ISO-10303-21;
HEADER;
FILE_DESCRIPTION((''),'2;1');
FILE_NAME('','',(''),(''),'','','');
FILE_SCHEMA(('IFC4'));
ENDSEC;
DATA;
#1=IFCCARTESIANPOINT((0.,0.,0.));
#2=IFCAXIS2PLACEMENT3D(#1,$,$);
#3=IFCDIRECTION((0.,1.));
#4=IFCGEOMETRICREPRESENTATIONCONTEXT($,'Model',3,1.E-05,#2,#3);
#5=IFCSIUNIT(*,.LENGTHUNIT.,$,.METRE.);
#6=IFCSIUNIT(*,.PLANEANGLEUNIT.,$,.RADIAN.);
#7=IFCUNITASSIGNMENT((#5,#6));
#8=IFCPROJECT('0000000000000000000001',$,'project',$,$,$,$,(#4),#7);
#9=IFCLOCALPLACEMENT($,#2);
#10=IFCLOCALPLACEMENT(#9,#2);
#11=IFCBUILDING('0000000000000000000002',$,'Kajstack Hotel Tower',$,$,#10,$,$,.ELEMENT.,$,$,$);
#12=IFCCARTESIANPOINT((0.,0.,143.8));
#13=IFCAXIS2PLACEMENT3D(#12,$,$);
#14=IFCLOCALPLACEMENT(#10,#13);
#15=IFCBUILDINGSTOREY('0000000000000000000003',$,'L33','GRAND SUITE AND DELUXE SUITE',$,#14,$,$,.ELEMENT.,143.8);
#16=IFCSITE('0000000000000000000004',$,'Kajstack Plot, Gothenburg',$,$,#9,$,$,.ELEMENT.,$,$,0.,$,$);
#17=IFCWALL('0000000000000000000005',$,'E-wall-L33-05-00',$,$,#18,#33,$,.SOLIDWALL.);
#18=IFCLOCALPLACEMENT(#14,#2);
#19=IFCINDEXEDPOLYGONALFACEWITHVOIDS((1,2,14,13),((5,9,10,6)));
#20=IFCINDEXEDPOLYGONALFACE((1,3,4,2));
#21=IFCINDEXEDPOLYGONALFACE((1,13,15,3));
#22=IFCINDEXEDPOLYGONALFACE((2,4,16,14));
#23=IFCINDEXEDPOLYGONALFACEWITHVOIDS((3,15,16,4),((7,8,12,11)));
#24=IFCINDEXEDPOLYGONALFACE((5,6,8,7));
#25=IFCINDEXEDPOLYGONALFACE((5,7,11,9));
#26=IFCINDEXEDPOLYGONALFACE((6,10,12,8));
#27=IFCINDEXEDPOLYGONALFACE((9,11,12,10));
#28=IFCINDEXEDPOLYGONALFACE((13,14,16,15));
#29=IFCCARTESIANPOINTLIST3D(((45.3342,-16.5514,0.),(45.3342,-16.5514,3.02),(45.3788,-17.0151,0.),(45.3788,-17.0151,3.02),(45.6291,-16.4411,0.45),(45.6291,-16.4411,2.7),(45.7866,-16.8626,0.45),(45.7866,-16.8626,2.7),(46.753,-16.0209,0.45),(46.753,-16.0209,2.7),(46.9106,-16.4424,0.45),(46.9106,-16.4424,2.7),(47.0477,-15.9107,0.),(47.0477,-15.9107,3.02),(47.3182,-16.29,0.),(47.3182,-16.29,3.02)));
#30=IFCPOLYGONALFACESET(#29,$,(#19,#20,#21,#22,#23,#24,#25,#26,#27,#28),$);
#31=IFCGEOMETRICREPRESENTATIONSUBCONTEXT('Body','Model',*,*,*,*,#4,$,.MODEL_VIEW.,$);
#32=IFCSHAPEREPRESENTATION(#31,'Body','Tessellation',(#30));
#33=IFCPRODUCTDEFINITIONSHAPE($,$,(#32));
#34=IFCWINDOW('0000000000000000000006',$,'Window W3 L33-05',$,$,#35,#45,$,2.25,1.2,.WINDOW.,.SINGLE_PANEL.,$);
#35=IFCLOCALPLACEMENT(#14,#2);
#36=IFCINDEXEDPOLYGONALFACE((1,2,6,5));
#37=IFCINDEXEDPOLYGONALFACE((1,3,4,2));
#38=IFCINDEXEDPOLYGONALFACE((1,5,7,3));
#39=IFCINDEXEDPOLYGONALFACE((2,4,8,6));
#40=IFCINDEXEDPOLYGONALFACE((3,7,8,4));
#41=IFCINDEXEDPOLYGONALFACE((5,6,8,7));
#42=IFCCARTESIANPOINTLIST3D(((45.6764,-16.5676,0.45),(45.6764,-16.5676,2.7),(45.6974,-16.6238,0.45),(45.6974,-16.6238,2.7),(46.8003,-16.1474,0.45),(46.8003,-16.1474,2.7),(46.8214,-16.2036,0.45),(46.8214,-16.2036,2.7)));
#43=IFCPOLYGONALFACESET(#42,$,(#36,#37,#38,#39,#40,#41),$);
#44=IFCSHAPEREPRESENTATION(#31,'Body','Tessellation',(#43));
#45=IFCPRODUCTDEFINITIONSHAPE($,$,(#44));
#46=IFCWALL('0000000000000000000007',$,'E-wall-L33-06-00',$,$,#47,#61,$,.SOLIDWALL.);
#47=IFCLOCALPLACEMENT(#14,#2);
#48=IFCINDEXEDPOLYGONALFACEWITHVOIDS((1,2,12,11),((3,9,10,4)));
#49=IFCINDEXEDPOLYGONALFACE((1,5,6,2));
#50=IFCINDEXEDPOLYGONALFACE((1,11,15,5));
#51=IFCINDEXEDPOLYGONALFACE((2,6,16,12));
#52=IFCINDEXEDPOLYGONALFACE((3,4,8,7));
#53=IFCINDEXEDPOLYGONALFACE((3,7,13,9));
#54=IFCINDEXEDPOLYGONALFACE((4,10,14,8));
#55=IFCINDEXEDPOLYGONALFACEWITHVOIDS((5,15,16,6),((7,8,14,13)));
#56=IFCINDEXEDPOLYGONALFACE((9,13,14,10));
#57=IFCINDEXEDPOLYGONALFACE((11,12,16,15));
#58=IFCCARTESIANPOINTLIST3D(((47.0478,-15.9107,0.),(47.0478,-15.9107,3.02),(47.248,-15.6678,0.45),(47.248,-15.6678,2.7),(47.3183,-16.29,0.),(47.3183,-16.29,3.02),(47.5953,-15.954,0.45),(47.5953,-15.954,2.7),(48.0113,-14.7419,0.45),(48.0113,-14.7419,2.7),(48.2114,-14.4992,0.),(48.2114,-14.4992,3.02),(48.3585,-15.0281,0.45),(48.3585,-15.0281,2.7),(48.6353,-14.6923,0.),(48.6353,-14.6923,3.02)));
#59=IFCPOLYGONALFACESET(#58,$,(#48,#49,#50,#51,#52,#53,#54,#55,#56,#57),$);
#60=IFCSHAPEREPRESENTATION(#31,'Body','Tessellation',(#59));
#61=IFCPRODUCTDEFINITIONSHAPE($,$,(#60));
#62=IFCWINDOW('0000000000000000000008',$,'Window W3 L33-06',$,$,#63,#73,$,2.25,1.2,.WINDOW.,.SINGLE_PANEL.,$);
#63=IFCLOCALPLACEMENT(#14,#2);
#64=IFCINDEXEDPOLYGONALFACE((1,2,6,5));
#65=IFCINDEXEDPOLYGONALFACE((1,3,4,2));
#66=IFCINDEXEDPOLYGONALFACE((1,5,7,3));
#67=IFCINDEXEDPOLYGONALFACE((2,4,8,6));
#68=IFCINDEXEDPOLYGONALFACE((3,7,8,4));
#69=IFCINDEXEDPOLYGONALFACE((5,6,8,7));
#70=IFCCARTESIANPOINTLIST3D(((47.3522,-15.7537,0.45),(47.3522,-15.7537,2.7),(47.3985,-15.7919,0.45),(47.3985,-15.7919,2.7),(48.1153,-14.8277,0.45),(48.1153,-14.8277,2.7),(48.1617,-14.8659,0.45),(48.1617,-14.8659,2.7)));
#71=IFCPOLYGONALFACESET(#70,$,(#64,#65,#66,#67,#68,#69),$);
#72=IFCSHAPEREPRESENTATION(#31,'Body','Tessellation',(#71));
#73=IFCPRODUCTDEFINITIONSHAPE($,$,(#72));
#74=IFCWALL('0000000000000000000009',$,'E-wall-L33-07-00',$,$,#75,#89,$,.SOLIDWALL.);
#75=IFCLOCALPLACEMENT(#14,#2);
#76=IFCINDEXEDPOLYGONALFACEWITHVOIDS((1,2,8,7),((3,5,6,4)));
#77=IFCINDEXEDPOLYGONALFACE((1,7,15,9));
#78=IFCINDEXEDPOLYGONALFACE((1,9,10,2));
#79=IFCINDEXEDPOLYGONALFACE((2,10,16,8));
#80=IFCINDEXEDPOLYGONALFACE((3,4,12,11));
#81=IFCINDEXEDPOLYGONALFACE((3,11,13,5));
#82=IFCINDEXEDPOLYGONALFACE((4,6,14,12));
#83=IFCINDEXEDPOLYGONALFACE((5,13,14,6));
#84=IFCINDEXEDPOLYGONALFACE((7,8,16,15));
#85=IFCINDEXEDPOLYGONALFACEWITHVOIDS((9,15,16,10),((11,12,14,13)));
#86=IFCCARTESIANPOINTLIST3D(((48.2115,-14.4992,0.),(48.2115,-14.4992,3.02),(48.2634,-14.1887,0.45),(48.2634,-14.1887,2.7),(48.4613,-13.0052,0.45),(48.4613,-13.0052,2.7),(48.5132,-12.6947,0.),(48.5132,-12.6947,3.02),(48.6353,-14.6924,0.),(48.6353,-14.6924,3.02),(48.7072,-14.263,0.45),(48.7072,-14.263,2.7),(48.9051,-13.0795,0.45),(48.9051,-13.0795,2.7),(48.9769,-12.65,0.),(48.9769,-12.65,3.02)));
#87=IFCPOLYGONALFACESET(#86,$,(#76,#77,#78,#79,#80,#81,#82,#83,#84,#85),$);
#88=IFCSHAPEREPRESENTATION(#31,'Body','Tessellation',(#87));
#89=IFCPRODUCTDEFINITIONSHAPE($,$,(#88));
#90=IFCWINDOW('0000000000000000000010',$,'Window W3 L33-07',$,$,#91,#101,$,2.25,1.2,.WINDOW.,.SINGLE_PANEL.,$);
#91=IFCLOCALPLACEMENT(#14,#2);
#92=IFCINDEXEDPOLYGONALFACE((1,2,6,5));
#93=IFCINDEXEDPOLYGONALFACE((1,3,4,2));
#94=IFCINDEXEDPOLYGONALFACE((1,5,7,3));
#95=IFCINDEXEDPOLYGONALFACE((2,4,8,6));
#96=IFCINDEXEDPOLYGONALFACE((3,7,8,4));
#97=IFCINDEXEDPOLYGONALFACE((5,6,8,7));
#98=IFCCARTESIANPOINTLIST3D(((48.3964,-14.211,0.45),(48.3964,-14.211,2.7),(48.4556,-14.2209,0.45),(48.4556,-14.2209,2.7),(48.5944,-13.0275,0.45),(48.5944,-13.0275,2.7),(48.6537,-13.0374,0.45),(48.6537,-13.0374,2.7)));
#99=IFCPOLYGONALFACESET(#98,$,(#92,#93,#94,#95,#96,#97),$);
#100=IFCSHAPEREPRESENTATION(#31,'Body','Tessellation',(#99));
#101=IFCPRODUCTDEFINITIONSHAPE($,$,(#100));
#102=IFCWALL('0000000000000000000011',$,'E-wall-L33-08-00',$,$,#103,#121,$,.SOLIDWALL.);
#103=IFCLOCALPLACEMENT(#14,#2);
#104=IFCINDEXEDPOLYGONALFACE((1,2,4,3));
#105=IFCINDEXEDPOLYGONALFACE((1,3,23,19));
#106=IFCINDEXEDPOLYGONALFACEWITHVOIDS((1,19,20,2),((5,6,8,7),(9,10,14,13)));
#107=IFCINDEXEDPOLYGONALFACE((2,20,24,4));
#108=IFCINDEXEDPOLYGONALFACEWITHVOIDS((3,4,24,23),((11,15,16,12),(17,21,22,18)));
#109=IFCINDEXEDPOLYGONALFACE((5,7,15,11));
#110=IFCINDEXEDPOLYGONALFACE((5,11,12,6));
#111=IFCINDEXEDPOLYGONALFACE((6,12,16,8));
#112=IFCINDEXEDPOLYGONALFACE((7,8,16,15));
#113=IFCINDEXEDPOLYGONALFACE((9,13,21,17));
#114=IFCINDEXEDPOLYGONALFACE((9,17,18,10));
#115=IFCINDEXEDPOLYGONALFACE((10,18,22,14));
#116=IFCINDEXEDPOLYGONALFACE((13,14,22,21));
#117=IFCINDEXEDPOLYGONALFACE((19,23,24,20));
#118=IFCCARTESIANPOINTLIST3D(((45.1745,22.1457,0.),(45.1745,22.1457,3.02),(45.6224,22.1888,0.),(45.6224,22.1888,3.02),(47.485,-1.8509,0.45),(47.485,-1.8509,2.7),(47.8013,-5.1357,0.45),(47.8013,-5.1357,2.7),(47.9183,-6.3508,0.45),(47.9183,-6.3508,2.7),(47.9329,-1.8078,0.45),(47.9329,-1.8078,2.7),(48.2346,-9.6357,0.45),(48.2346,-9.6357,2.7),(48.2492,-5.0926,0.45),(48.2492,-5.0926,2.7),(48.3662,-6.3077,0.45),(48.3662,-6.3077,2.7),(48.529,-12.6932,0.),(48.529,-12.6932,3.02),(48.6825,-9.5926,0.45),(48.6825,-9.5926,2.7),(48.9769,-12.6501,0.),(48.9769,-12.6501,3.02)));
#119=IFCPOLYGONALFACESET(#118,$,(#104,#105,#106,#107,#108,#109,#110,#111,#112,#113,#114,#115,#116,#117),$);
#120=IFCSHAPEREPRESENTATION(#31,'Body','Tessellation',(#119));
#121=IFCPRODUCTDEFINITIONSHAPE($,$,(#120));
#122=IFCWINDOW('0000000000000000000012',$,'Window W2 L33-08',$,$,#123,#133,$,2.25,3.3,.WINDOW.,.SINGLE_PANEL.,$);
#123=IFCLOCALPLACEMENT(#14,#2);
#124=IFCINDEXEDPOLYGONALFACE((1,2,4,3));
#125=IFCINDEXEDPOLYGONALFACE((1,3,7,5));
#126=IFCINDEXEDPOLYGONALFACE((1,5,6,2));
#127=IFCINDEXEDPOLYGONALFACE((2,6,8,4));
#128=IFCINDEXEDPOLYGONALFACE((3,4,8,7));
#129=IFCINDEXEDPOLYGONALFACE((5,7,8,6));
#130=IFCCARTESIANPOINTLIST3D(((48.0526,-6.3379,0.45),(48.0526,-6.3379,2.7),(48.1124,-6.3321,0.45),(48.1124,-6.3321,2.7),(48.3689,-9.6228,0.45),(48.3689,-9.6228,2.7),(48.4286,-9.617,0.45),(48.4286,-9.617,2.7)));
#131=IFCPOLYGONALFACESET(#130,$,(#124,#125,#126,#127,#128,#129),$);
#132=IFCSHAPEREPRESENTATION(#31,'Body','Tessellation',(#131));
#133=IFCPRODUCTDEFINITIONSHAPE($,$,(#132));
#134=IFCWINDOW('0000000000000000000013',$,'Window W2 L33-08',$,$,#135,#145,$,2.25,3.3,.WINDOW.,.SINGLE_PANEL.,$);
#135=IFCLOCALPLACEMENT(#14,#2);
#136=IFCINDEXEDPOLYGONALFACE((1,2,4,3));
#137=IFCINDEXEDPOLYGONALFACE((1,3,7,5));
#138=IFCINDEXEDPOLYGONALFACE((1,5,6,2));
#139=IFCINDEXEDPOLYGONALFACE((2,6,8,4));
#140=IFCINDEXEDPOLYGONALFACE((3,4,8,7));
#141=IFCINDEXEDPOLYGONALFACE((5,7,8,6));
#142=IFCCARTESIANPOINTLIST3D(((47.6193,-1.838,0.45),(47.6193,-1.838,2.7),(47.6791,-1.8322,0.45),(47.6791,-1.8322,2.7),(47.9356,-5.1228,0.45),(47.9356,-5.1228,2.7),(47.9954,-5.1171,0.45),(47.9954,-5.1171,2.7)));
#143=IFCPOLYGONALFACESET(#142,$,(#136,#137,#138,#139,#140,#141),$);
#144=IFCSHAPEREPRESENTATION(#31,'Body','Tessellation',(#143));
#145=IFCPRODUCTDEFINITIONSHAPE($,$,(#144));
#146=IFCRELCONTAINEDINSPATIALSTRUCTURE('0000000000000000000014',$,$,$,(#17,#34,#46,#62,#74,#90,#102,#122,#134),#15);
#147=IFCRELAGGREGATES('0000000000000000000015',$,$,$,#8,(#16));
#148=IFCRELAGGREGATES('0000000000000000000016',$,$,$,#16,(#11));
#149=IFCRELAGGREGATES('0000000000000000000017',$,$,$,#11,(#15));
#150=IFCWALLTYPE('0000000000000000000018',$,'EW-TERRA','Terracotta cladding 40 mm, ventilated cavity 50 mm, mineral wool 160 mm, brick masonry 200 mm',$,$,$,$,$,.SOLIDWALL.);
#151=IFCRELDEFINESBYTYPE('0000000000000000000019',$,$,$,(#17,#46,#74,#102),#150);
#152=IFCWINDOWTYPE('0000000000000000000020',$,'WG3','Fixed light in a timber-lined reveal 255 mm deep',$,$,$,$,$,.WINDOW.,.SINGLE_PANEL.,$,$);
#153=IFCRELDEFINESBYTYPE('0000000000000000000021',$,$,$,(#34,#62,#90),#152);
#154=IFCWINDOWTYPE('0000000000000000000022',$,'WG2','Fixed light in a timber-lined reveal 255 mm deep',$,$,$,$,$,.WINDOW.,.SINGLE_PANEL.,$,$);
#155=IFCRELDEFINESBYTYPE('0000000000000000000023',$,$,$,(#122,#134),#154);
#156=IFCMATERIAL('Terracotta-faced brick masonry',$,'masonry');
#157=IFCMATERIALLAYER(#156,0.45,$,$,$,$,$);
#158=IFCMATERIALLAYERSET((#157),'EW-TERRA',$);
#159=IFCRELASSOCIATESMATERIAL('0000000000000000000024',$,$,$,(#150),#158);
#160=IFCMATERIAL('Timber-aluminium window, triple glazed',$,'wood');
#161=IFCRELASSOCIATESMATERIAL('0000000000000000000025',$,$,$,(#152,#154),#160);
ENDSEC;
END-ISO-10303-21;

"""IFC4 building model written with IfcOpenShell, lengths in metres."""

from ifc_helpers import new_model, si_unit, direction, frame, frame_2d, origin, place, context, subcontext, project, spatial, polyline, rectangle, outline, extrude, material, layer, layer_set, type_object, element, fill, save


model = new_model("IFC4")

# Units and contexts
model_context = context("Model", 3, precision=1e-05, world=origin(), true_north=direction((0.0, 1.0)))
body_context = subcontext(model_context, "Body", "Model", "MODEL_VIEW")
ifc_project = project(units=[si_unit("LENGTHUNIT", "METRE"), si_unit("PLANEANGLEUNIT", "RADIAN")], contexts=[model_context])

# Site, building, storey
site_placement = place(None, origin())
site = spatial("IfcSite", under=ifc_project, at=site_placement, Name="Kajstack Plot, Gothenburg", CompositionType="ELEMENT", RefElevation=0.0)
building_placement = place(site_placement, origin())
building = spatial("IfcBuilding", under=site, at=building_placement, Name="Kajstack Hotel Tower", CompositionType="ELEMENT")
storey_placement = place(building_placement, frame((0.0, 0.0, 143.8)))
storey = spatial("IfcBuildingStorey", under=building, at=storey_placement, Name="L33", Description="GRAND SUITE AND DELUXE SUITE", CompositionType="ELEMENT", Elevation=143.8)

# Walls, openings, windows
ifc_material_1 = material(Name="Terracotta-faced brick masonry", Category="masonry")
ifc_layer_1 = layer(ifc_material_1, 0.45)
ifc_layer_set_1 = layer_set([ifc_layer_1], Name="EW-TERRA")
wall_type_1 = type_object("IfcWallType", Name="EW-TERRA", Description="Terracotta cladding 40 mm, ventilated cavity 50 mm, mineral wool 160 mm, brick masonry 200 mm", PredefinedType="SOLIDWALL", material=ifc_layer_set_1)
wall_1_placement = place(storey_placement, frame((45.3, -16.8044, 0.0), z_axis=(0.0, 0.0, 1.0), x_axis=(0.936678, 0.350193, 0.0)))
wall_1 = element("IfcWall", 1, at=wall_1_placement, inside=storey, type_object=wall_type_1, Name="E-wall-L33-05-00", PredefinedType="SOLIDWALL", context=body_context, shape_type="SweptSolid", body=[
    extrude(outline(polyline([(0.0, -0.2249), (2.0706, -0.2249), (1.95, 0.2251), (0.1206, 0.2251), (0.0, -0.2249)])), origin(), (0.0, 0.0, 1.0), 3.02),
])
opening_1_placement = place(wall_1_placement, frame((0.4353, 0.0, 0.45)))
opening_1 = element("IfcOpeningElement", 2, at=opening_1_placement, cuts=wall_1, PredefinedType="OPENING", context=body_context, shape_type="SweptSolid", body=[
    extrude(rectangle(XDim=1.2, YDim=2.25, at=frame_2d((0.6001, 1.125))), frame((0.0, 0.2349, 0.0), z_axis=(0.0, -1.0, 0.0), x_axis=(1.0, 0.0, 0.0)), (0.0, 0.0, 1.0), 0.47),
])
ifc_material_2 = material(Name="Timber-aluminium window, triple glazed", Category="wood")
window_type_1 = type_object("IfcWindowType", Name="WG3", Description="Fixed light in a timber-lined reveal 255 mm deep", PartitioningType="SINGLE_PANEL", PredefinedType="WINDOW", material=ifc_material_2)
window_1_placement = place(opening_1_placement, origin())
window_1 = element("IfcWindow", 3, at=window_1_placement, inside=storey, type_object=window_type_1, Name="Window W3 L33-05", OverallHeight=2.25, OverallWidth=1.2, PartitioningType="SINGLE_PANEL", PredefinedType="WINDOW", context=body_context, shape_type="SweptSolid", body=[
    extrude(rectangle(XDim=1.2, YDim=2.25, at=frame_2d((0.6001, 1.125))), frame((0.0, 0.0901, 0.0), z_axis=(0.0, -1.0, 0.0), x_axis=(1.0, 0.0, 0.0)), (0.0, 0.0, 1.0), 0.0601),
])
fill(opening_1, window_1)
wall_2_placement = place(storey_placement, frame((47.1448, -16.147, 0.0), z_axis=(0.0, 0.0, 1.0), x_axis=(0.635988, 0.771699, 0.0)))
wall_2 = element("IfcWall", 4, at=wall_2_placement, inside=storey, type_object=wall_type_1, Name="E-wall-L33-06-00", PredefinedType="SOLIDWALL", context=body_context, shape_type="SweptSolid", body=[
    extrude(outline(polyline([(0.0, -0.2249), (2.0706, -0.2251), (1.95, 0.2249), (0.1206, 0.2251), (0.0, -0.2249)])), origin(), (0.0, 0.0, 1.0), 3.02),
])
opening_2_placement = place(wall_2_placement, frame((0.4353, 0.0, 0.45)))
opening_2 = element("IfcOpeningElement", 5, at=opening_2_placement, cuts=wall_2, PredefinedType="OPENING", context=body_context, shape_type="SweptSolid", body=[
    extrude(rectangle(XDim=1.2, YDim=2.25, at=frame_2d((0.6001, 1.125))), frame((0.0, 0.2349, 0.0), z_axis=(0.0, -1.0, 0.0), x_axis=(1.0, 0.0, 0.0)), (0.0, 0.0, 1.0), 0.47),
])
window_2_placement = place(opening_2_placement, origin())
window_2 = element("IfcWindow", 6, at=window_2_placement, inside=storey, type_object=window_type_1, Name="Window W3 L33-06", OverallHeight=2.25, OverallWidth=1.2, PartitioningType="SINGLE_PANEL", PredefinedType="WINDOW", context=body_context, shape_type="SweptSolid", body=[
    extrude(rectangle(XDim=1.2, YDim=2.25, at=frame_2d((0.6001, 1.125))), frame((0.0, 0.0901, 0.0), z_axis=(0.0, -1.0, 0.0), x_axis=(1.0, 0.0, 0.0)), (0.0, 0.0, 1.0), 0.0601),
])
fill(opening_2, window_2)
wall_3_placement = place(storey_placement, frame((48.4133, -14.6553, 0.0), z_axis=(0.0, 0.0, 1.0), x_axis=(0.165068, 0.986282, 0.0)))
wall_3 = element("IfcWall", 7, at=wall_3_placement, inside=storey, type_object=wall_type_1, Name="E-wall-L33-07-00", PredefinedType="SOLIDWALL", context=body_context, shape_type="SweptSolid", body=[
    extrude(outline(polyline([(0.0, -0.2251), (2.0708, -0.2249), (1.9502, 0.2251), (0.1206, 0.2249), (0.0, -0.2251)])), origin(), (0.0, 0.0, 1.0), 3.02),
])
opening_3_placement = place(wall_3_placement, frame((0.4353, 0.0, 0.45)))
opening_3 = element("IfcOpeningElement", 8, at=opening_3_placement, cuts=wall_3, PredefinedType="OPENING", context=body_context, shape_type="SweptSolid", body=[
    extrude(rectangle(XDim=1.2, YDim=2.25, at=frame_2d((0.6001, 1.125))), frame((0.0, 0.2349, 0.0), z_axis=(0.0, -1.0, 0.0), x_axis=(1.0, 0.0, 0.0)), (0.0, 0.0, 1.0), 0.47),
])
window_3_placement = place(opening_3_placement, origin())
window_3 = element("IfcWindow", 9, at=window_3_placement, inside=storey, type_object=window_type_1, Name="Window W3 L33-07", OverallHeight=2.25, OverallWidth=1.2, PartitioningType="SINGLE_PANEL", PredefinedType="WINDOW", context=body_context, shape_type="SweptSolid", body=[
    extrude(rectangle(XDim=1.2, YDim=2.25, at=frame_2d((0.6001, 1.125))), frame((0.0, 0.0901, 0.0), z_axis=(0.0, -1.0, 0.0), x_axis=(1.0, 0.0, 0.0)), (0.0, 0.0, 1.0), 0.0601),
])
fill(opening_3, window_3)

# Wall, openings, windows
wall_4_placement = place(storey_placement, frame((48.7529, -12.6716, 0.0), z_axis=(0.0, 0.0, 1.0), x_axis=(-0.095843, 0.995396, 0.0)))
wall_4 = element("IfcWall", 10, at=wall_4_placement, inside=storey, type_object=wall_type_1, Name="E-wall-L33-08-00", PredefinedType="SOLIDWALL", context=body_context, shape_type="SweptSolid", body=[
    extrude(rectangle(XDim=35.0, YDim=0.45, at=frame_2d((17.5, 0.0))), origin(), (0.0, 0.0, 1.0), 3.02),
])
opening_4_placement = place(wall_4_placement, frame((3.0718, 0.0, 0.45)))
opening_4 = element("IfcOpeningElement", 11, at=opening_4_placement, cuts=wall_4, PredefinedType="OPENING", context=body_context, shape_type="SweptSolid", body=[
    extrude(rectangle(XDim=3.3, YDim=2.25, at=frame_2d((1.6499, 1.125))), frame((0.0, 0.2349, 0.0), z_axis=(0.0, -1.0, 0.0), x_axis=(1.0, 0.0, 0.0)), (0.0, 0.0, 1.0), 0.47),
])
opening_5_placement = place(wall_4_placement, frame((7.5925, 0.0, 0.45)))
opening_5 = element("IfcOpeningElement", 12, at=opening_5_placement, cuts=wall_4, PredefinedType="OPENING", context=body_context, shape_type="SweptSolid", body=[
    extrude(rectangle(XDim=3.3, YDim=2.25, at=frame_2d((1.6499, 1.125))), frame((0.0, 0.2349, 0.0), z_axis=(0.0, -1.0, 0.0), x_axis=(1.0, 0.0, 0.0)), (0.0, 0.0, 1.0), 0.47),
])
window_type_2 = type_object("IfcWindowType", Name="WG2", Description="Fixed light in a timber-lined reveal 255 mm deep", PartitioningType="SINGLE_PANEL", PredefinedType="WINDOW", material=ifc_material_2)
window_4_placement = place(opening_4_placement, origin())
window_4 = element("IfcWindow", 13, at=window_4_placement, inside=storey, type_object=window_type_2, Name="Window W2 L33-08", OverallHeight=2.25, OverallWidth=3.3, PartitioningType="SINGLE_PANEL", PredefinedType="WINDOW", context=body_context, shape_type="SweptSolid", body=[
    extrude(rectangle(XDim=3.3, YDim=2.25, at=frame_2d((1.6499, 1.125))), frame((0.0, 0.0901, 0.0), z_axis=(0.0, -1.0, 0.0), x_axis=(1.0, 0.0, 0.0)), (0.0, 0.0, 1.0), 0.0601),
])
fill(opening_4, window_4)
window_5_placement = place(opening_5_placement, origin())
window_5 = element("IfcWindow", 14, at=window_5_placement, inside=storey, type_object=window_type_2, Name="Window W2 L33-08", OverallHeight=2.25, OverallWidth=3.3, PartitioningType="SINGLE_PANEL", PredefinedType="WINDOW", context=body_context, shape_type="SweptSolid", body=[
    extrude(rectangle(XDim=3.3, YDim=2.25, at=frame_2d((1.6499, 1.125))), frame((0.0, 0.0901, 0.0), z_axis=(0.0, -1.0, 0.0), x_axis=(1.0, 0.0, 0.0)), (0.0, 0.0, 1.0), 0.0601),
])
fill(opening_5, window_5)

save(model, "model.ifc")
